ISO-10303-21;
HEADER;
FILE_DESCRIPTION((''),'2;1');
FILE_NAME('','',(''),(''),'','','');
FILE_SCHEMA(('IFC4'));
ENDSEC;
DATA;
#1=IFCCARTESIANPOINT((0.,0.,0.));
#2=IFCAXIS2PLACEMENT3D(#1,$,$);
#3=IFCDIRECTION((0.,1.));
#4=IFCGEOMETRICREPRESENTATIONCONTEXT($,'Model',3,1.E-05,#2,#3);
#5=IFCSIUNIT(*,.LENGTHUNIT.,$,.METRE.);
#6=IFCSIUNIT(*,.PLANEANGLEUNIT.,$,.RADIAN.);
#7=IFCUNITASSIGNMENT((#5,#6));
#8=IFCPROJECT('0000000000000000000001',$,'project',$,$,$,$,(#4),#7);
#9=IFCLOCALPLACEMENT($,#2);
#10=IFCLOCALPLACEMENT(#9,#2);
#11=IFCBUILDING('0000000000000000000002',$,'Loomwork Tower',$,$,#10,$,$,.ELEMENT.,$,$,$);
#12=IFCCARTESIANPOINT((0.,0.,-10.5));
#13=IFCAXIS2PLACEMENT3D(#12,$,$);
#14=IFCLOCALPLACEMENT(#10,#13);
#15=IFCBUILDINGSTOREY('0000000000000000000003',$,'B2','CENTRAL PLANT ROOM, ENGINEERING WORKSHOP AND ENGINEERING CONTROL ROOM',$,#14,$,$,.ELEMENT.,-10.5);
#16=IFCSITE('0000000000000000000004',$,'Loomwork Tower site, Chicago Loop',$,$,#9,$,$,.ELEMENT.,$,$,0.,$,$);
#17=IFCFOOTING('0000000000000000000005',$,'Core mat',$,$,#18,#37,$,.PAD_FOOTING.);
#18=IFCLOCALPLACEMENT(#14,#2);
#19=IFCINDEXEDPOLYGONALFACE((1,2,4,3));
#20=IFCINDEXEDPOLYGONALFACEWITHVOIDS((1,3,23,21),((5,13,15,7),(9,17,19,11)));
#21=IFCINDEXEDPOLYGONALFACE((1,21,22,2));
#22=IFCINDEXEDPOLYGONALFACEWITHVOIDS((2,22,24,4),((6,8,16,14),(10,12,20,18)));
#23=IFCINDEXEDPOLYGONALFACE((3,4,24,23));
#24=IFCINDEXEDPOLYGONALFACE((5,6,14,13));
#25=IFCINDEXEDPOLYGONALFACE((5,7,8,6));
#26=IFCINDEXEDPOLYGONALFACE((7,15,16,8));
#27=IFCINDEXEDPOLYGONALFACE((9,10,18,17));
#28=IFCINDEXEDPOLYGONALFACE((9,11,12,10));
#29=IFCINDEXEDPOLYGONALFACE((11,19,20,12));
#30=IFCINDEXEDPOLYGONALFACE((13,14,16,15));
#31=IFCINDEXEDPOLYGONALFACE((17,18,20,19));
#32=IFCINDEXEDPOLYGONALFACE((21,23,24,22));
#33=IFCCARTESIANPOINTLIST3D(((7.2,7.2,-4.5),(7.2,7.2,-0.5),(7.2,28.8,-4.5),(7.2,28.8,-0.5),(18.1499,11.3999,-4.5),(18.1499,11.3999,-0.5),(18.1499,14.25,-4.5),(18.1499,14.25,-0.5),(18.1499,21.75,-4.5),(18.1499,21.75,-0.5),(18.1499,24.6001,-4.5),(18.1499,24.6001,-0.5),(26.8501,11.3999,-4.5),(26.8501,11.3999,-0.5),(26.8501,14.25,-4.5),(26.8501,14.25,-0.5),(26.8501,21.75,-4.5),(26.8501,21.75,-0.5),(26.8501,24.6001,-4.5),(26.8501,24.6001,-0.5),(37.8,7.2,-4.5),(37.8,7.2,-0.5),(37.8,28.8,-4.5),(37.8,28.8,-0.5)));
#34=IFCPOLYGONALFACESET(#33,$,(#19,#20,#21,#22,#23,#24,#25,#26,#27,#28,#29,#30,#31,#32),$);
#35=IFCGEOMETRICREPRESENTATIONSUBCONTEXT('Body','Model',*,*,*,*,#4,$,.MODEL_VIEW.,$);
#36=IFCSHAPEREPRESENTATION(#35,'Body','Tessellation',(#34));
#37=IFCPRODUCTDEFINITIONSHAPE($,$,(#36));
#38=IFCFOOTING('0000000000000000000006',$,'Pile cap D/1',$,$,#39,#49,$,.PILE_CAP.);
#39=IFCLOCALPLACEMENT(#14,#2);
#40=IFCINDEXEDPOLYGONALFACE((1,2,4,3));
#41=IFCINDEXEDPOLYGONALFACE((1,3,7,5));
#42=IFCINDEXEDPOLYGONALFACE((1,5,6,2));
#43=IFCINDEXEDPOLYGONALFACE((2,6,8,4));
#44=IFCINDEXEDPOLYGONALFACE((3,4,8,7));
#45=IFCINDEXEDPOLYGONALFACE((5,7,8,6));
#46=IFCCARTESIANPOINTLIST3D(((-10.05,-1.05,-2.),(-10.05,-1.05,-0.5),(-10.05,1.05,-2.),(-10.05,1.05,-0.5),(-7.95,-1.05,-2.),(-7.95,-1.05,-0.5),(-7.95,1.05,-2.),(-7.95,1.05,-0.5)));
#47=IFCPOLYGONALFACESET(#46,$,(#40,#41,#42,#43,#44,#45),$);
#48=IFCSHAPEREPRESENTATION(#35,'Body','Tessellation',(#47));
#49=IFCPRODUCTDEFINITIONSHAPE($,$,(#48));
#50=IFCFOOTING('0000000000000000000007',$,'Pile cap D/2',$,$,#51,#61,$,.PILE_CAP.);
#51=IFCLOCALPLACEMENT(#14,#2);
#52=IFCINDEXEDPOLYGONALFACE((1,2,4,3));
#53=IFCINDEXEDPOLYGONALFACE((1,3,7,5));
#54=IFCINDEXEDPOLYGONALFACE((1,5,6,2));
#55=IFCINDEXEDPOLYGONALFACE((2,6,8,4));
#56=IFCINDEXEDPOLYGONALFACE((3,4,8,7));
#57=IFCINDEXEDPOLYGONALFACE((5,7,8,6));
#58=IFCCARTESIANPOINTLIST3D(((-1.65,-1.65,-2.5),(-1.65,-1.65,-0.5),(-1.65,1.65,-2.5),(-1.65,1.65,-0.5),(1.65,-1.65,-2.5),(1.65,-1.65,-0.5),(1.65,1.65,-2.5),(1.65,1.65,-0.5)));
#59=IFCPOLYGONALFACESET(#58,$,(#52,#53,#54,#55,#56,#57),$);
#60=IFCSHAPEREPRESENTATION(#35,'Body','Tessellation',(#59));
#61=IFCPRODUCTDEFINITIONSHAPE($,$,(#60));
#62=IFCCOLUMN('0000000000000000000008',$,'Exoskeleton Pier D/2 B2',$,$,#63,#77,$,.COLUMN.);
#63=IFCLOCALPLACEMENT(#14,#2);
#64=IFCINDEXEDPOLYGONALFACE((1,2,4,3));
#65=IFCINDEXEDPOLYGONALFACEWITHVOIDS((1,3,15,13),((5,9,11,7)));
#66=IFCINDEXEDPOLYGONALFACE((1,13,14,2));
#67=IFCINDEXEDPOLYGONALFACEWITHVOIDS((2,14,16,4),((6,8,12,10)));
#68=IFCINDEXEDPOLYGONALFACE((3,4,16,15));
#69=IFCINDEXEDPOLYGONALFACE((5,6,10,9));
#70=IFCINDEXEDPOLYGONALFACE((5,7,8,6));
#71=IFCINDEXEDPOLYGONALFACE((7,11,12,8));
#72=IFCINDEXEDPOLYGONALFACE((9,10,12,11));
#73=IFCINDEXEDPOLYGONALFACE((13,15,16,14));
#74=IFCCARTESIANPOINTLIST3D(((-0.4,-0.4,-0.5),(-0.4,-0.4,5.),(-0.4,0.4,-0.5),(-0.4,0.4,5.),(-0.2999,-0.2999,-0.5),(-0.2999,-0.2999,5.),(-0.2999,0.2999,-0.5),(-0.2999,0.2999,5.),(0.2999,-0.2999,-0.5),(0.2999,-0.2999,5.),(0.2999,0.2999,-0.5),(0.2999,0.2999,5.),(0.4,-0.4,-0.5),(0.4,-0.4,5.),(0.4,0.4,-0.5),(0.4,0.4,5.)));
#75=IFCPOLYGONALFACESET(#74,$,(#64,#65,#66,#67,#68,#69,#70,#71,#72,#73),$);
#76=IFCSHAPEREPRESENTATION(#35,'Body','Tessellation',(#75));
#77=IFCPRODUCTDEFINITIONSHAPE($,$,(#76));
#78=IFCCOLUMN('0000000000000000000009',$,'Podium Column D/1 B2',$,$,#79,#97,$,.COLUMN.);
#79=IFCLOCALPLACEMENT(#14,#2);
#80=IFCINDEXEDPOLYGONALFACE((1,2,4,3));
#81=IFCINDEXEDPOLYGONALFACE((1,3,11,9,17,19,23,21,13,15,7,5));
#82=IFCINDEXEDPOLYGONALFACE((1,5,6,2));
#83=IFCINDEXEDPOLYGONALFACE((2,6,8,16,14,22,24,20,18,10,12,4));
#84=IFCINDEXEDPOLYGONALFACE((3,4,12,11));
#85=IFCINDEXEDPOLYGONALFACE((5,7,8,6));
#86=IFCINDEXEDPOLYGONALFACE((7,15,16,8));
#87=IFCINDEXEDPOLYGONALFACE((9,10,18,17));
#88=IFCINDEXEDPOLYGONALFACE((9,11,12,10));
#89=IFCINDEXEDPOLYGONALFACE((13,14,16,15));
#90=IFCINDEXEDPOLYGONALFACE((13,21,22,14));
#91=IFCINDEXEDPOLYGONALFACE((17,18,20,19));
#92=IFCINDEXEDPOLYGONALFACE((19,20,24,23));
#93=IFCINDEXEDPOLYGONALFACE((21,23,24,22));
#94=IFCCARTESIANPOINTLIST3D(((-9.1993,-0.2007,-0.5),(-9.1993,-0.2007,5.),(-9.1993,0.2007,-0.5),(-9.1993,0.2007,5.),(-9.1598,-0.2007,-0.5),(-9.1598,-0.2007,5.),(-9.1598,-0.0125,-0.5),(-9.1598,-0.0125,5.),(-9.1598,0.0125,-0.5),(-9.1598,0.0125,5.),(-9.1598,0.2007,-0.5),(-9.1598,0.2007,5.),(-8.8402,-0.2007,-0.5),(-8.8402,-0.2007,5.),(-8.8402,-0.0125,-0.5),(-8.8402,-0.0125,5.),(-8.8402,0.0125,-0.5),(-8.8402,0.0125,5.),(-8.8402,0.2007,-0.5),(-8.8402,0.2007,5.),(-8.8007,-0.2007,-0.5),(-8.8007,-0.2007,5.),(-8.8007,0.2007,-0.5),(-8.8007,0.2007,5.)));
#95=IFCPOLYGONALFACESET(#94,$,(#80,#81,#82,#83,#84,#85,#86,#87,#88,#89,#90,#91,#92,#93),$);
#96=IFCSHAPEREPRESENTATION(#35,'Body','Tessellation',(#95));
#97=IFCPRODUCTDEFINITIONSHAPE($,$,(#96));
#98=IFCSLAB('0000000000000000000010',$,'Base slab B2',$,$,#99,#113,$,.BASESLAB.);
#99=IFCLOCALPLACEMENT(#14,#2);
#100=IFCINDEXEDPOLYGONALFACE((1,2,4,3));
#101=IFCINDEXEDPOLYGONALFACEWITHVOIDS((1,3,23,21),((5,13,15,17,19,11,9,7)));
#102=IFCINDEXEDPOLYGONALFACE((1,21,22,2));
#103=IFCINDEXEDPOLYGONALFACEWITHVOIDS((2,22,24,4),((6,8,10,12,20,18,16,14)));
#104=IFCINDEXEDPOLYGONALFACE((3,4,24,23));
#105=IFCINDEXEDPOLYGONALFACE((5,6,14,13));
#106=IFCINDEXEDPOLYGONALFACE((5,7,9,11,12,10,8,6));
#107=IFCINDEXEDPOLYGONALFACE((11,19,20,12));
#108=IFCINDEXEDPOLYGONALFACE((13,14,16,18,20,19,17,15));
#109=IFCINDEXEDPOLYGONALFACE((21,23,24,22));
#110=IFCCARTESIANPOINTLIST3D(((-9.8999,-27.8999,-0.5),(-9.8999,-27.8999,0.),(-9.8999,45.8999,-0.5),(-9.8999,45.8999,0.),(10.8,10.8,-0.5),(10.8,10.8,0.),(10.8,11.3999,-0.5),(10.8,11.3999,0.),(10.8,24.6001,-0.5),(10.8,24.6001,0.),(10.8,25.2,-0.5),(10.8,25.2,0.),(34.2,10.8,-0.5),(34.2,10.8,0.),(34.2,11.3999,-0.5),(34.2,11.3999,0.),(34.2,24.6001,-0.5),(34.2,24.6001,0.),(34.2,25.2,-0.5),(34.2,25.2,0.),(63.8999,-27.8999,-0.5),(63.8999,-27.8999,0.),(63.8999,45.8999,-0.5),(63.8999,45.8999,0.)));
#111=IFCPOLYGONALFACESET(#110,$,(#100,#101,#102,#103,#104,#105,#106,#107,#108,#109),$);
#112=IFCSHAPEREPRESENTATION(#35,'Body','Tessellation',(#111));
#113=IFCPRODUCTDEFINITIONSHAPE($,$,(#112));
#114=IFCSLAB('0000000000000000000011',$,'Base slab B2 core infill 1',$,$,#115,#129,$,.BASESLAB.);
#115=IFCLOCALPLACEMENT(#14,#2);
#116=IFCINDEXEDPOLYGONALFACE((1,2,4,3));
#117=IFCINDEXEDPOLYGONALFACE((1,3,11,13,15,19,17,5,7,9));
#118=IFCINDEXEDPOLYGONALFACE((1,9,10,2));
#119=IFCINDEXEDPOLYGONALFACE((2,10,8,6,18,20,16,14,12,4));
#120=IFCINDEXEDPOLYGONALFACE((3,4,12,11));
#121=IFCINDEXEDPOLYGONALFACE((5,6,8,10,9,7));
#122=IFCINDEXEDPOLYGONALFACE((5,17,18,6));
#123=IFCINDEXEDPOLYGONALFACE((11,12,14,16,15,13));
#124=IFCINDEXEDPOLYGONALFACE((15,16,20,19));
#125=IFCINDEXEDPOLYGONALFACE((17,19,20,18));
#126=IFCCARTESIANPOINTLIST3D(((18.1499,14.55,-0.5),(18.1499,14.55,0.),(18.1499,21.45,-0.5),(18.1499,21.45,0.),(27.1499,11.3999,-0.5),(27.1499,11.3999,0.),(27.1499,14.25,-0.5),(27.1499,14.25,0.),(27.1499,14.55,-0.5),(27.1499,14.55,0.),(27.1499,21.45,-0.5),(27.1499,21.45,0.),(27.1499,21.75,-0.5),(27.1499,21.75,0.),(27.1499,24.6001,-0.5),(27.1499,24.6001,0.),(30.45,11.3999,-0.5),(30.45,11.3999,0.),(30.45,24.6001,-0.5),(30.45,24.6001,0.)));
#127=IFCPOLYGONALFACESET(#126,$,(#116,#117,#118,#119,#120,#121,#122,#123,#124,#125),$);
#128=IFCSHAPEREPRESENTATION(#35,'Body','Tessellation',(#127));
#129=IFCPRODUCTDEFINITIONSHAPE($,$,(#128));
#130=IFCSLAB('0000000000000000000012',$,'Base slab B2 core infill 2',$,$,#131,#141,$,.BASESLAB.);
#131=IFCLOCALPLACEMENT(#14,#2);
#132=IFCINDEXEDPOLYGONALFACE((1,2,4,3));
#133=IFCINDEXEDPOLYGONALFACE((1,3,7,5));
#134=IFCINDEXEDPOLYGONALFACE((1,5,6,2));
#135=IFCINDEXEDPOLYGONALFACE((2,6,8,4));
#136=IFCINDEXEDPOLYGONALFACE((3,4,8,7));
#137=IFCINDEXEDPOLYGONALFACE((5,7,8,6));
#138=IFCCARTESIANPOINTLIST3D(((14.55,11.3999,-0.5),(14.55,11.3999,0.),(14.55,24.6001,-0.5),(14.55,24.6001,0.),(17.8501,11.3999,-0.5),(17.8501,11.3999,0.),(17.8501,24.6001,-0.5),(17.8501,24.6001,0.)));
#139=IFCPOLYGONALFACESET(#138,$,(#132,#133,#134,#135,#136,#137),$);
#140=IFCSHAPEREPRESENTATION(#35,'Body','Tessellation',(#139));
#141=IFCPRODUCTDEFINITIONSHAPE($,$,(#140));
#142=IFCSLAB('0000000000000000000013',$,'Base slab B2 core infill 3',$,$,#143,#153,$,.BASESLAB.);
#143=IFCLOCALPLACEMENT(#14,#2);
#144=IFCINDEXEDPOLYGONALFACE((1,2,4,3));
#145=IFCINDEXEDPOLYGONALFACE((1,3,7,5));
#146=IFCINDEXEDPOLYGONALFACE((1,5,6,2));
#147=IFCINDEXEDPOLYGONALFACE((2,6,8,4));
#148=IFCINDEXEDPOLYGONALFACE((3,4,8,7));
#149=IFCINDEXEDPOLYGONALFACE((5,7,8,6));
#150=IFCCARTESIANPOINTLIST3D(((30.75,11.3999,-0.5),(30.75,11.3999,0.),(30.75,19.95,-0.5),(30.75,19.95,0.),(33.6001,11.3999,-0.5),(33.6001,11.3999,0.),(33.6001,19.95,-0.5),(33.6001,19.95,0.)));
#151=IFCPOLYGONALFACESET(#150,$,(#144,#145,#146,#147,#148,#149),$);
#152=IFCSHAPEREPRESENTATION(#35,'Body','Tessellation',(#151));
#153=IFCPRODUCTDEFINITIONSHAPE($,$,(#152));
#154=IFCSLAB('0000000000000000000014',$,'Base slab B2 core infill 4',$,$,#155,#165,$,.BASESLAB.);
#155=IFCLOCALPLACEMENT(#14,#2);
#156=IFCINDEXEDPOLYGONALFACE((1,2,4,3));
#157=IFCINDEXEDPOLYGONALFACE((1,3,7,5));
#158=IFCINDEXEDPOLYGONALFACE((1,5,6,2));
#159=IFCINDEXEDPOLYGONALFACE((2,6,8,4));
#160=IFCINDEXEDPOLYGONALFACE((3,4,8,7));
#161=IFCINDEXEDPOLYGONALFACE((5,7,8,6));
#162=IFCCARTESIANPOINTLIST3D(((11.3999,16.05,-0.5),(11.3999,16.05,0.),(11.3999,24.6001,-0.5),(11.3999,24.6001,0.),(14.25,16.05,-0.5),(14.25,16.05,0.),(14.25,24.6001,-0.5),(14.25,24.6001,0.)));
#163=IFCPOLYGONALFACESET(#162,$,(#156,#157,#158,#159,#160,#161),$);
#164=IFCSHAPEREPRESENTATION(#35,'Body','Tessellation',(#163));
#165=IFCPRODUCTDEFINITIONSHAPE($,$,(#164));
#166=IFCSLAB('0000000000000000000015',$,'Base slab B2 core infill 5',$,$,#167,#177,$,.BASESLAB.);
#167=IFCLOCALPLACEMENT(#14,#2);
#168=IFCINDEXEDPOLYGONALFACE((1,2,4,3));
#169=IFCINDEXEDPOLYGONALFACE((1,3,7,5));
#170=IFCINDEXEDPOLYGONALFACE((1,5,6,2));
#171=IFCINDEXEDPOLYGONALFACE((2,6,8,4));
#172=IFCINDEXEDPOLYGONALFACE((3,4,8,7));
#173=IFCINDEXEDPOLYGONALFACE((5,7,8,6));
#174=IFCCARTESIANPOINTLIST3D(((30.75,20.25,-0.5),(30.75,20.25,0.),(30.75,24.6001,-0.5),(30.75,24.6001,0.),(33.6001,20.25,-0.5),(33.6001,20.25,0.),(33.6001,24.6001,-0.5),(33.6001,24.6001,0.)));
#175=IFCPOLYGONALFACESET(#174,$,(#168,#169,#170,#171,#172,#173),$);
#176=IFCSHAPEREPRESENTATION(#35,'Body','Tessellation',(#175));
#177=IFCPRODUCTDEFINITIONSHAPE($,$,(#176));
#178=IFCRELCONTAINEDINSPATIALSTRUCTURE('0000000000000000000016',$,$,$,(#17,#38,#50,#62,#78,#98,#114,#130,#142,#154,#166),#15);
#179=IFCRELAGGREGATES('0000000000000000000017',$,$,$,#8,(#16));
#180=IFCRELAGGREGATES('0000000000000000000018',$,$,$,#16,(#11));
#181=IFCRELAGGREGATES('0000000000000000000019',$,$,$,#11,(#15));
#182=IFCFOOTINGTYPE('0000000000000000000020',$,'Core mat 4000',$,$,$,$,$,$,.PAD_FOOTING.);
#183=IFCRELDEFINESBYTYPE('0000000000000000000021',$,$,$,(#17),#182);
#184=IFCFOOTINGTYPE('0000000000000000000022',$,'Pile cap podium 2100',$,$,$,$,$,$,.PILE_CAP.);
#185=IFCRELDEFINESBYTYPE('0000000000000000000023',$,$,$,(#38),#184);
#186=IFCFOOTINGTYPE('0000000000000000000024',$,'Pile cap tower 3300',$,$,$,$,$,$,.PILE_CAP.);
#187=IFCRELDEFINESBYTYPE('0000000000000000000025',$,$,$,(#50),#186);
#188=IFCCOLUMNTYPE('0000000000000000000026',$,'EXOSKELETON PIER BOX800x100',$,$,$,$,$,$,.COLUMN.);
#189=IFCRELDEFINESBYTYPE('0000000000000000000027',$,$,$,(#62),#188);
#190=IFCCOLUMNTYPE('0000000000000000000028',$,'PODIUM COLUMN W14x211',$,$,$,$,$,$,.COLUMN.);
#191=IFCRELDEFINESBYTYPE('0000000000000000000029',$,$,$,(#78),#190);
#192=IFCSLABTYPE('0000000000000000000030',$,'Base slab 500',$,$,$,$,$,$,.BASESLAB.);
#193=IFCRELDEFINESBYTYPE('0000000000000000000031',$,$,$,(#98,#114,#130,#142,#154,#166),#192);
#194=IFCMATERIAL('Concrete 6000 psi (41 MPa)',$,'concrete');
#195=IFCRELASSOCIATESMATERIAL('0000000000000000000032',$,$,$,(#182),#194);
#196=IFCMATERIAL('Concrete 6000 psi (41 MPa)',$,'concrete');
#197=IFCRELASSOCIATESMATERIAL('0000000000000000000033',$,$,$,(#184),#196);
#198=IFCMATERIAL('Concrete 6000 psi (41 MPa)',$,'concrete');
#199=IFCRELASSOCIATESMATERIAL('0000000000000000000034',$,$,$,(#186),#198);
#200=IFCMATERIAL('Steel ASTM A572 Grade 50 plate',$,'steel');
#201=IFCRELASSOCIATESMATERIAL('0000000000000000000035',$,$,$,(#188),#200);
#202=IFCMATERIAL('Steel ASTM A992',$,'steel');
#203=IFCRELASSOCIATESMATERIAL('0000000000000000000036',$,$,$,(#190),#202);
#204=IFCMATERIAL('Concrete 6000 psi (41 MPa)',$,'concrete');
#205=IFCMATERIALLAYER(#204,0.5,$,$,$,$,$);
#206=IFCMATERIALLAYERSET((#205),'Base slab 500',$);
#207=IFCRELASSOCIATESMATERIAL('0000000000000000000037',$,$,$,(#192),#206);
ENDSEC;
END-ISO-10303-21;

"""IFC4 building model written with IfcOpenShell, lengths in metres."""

from ifc_helpers import new_model, si_unit, direction, frame, origin, origin_2d, place, context, subcontext, project, spatial, polyline, rectangle, hollow_rectangle, i_section, outline, extrude, material, layer, layer_set, material_profile, profile_set, type_object, element, save


model = new_model("IFC4")

# Units and contexts
model_context = context("Model", 3, precision=1e-05, world=origin(), true_north=direction((0.0, 1.0)))
body_context = subcontext(model_context, "Body", "Model", "MODEL_VIEW")
ifc_project = project(units=[si_unit("LENGTHUNIT", "METRE"), si_unit("PLANEANGLEUNIT", "RADIAN")], contexts=[model_context])

# Site, building, storey
site_placement = place(None, origin())
site = spatial("IfcSite", under=ifc_project, at=site_placement, Name="Loomwork Tower site, Chicago Loop", CompositionType="ELEMENT", RefElevation=0.0)
building_placement = place(site_placement, origin())
building = spatial("IfcBuilding", under=site, at=building_placement, Name="Loomwork Tower", CompositionType="ELEMENT")
storey_placement = place(building_placement, frame((0.0, 0.0, -10.5)))
storey = spatial("IfcBuildingStorey", under=building, at=storey_placement, Name="B2", Description="CENTRAL PLANT ROOM, ENGINEERING WORKSHOP AND ENGINEERING CONTROL ROOM", CompositionType="ELEMENT", Elevation=-10.5)

# Footings
ifc_material_1 = material(Name="Concrete 6000 psi (41 MPa)", Category="concrete")
footing_type_1 = type_object("IfcFootingType", Name="Core mat 4000", PredefinedType="PAD_FOOTING", material=ifc_material_1)
footing_1_placement = place(storey_placement, frame((0.0, 0.0, -4.5)))
element("IfcFooting", 1, at=footing_1_placement, inside=storey, type_object=footing_type_1, Name="Core mat", PredefinedType="PAD_FOOTING", context=body_context, shape_type="SweptSolid", body=[
    extrude(outline(polyline([(7.2, 7.2), (37.8, 7.2), (37.8, 28.8), (7.2, 28.8), (7.2, 7.2)]), holes=[polyline([(18.1499, 11.3999), (26.8501, 11.3999), (26.8501, 14.25), (18.1499, 14.25), (18.1499, 11.3999)]), polyline([(18.1499, 21.75), (26.8501, 21.75), (26.8501, 24.6001), (18.1499, 24.6001), (18.1499, 21.75)])]), origin(), (0.0, 0.0, 1.0), 4.0),
])
ifc_material_2 = material(Name="Concrete 6000 psi (41 MPa)", Category="concrete")
footing_type_2 = type_object("IfcFootingType", Name="Pile cap podium 2100", PredefinedType="PILE_CAP", material=ifc_material_2)
footing_2_placement = place(storey_placement, frame((-9.0, 0.0, -2.0), z_axis=(0.0, 0.0, 1.0), x_axis=(1.0, 0.0, 0.0)))
element("IfcFooting", 2, at=footing_2_placement, inside=storey, type_object=footing_type_2, Name="Pile cap D/1", PredefinedType="PILE_CAP", context=body_context, shape_type="SweptSolid", body=[
    extrude(rectangle(XDim=2.1001, YDim=2.1001, at=origin_2d()), origin(), (0.0, 0.0, 1.0), 1.5),
])
ifc_material_3 = material(Name="Concrete 6000 psi (41 MPa)", Category="concrete")
footing_type_3 = type_object("IfcFootingType", Name="Pile cap tower 3300", PredefinedType="PILE_CAP", material=ifc_material_3)
footing_3_placement = place(storey_placement, frame((0.0, 0.0, -2.5), z_axis=(0.0, 0.0, 1.0), x_axis=(1.0, 0.0, 0.0)))
element("IfcFooting", 3, at=footing_3_placement, inside=storey, type_object=footing_type_3, Name="Pile cap D/2", PredefinedType="PILE_CAP", context=body_context, shape_type="SweptSolid", body=[
    extrude(rectangle(XDim=3.3, YDim=3.3, at=origin_2d()), origin(), (0.0, 0.0, 1.0), 2.0),
])

# Columns
ifc_material_4 = material(Name="Steel ASTM A572 Grade 50 plate", Category="steel")
ifc_material_profile_1 = material_profile(ifc_material_4, hollow_rectangle(XDim=0.8, YDim=0.8, WallThickness=0.1001, at=origin_2d()), Name="BOX800x100")
ifc_profile_set_1 = profile_set([ifc_material_profile_1], Name="Steel ASTM A572 Grade 50 plate")
column_type_1 = type_object("IfcColumnType", Name="EXOSKELETON PIER BOX800x100", PredefinedType="COLUMN", material=ifc_profile_set_1)
column_1_placement = place(storey_placement, frame((0.0, 0.0, -0.5), z_axis=(0.0, 0.0, 1.0), x_axis=(1.0, 0.0, 0.0)))
element("IfcColumn", 4, at=column_1_placement, inside=storey, type_object=column_type_1, Name="Exoskeleton Pier D/2 B2", PredefinedType="COLUMN", context=body_context, shape_type="SweptSolid", body=[
    extrude(hollow_rectangle(XDim=0.8, YDim=0.8, WallThickness=0.1001, at=origin_2d()), origin(), (0.0, 0.0, 1.0), 5.5),
])
ifc_material_5 = material(Name="Steel ASTM A992", Category="steel")
ifc_material_profile_2 = material_profile(ifc_material_5, i_section(OverallWidth=0.4014, OverallDepth=0.3987, WebThickness=0.0249, FlangeThickness=0.0396, at=origin_2d()), Name="W14x211")
ifc_profile_set_2 = profile_set([ifc_material_profile_2], Name="Steel ASTM A992")
column_type_2 = type_object("IfcColumnType", Name="PODIUM COLUMN W14x211", PredefinedType="COLUMN", material=ifc_profile_set_2)
column_2_placement = place(storey_placement, frame((-9.0, 0.0, -0.5), z_axis=(0.0, 0.0, 1.0), x_axis=(0.0, 1.0, 0.0)))
element("IfcColumn", 5, at=column_2_placement, inside=storey, type_object=column_type_2, Name="Podium Column D/1 B2", PredefinedType="COLUMN", context=body_context, shape_type="SweptSolid", body=[
    extrude(i_section(OverallWidth=0.4014, OverallDepth=0.3987, WebThickness=0.0249, FlangeThickness=0.0396, at=origin_2d()), origin(), (0.0, 0.0, 1.0), 5.5),
])

# Slabs
ifc_material_6 = material(Name="Concrete 6000 psi (41 MPa)", Category="concrete")
ifc_layer_1 = layer(ifc_material_6, 0.5)
ifc_layer_set_1 = layer_set([ifc_layer_1], Name="Base slab 500")
slab_type_1 = type_object("IfcSlabType", Name="Base slab 500", PredefinedType="BASESLAB", material=ifc_layer_set_1)
slab_1_placement = place(storey_placement, frame((0.0, 0.0, -0.5)))
element("IfcSlab", 6, at=slab_1_placement, inside=storey, type_object=slab_type_1, Name="Base slab B2", PredefinedType="BASESLAB", context=body_context, shape_type="SweptSolid", body=[
    extrude(outline(polyline([(-9.8999, -27.8999), (-9.8999, 45.8999), (63.8999, 45.8999), (63.8999, -27.8999), (-9.8999, -27.8999)]), holes=[polyline([(10.8, 11.3999), (10.8, 10.8), (34.2, 10.8), (34.2, 11.3999), (34.2, 11.3999), (34.2, 24.6001), (34.2, 25.2), (10.8, 25.2), (10.8, 24.6001), (10.8, 11.3999), (10.8, 11.3999)])]), origin(), (0.0, 0.0, 1.0), 0.5),
])
slab_2_placement = place(storey_placement, frame((0.0, 0.0, -0.5)))
element("IfcSlab", 7, at=slab_2_placement, inside=storey, type_object=slab_type_1, Name="Base slab B2 core infill 1", PredefinedType="BASESLAB", context=body_context, shape_type="SweptSolid", body=[
    extrude(outline(polyline([(18.1499, 21.45), (27.1499, 21.45), (27.1499, 21.75), (27.1499, 24.6001), (30.45, 24.6001), (30.45, 11.3999), (27.1499, 11.3999), (27.1499, 14.25), (27.1499, 14.55), (18.1499, 14.55), (18.1499, 21.45)])), origin(), (0.0, 0.0, 1.0), 0.5),
])
slab_3_placement = place(storey_placement, frame((0.0, 0.0, -0.5)))
element("IfcSlab", 8, at=slab_3_placement, inside=storey, type_object=slab_type_1, Name="Base slab B2 core infill 2", PredefinedType="BASESLAB", context=body_context, shape_type="SweptSolid", body=[
    extrude(outline(polyline([(14.55, 24.6001), (17.8501, 24.6001), (17.8501, 11.3999), (14.55, 11.3999), (14.55, 24.6001)])), origin(), (0.0, 0.0, 1.0), 0.5),
])
slab_4_placement = place(storey_placement, frame((0.0, 0.0, -0.5)))
element("IfcSlab", 9, at=slab_4_placement, inside=storey, type_object=slab_type_1, Name="Base slab B2 core infill 3", PredefinedType="BASESLAB", context=body_context, shape_type="SweptSolid", body=[
    extrude(outline(polyline([(30.75, 11.3999), (30.75, 19.95), (33.6001, 19.95), (33.6001, 11.3999), (30.75, 11.3999)])), origin(), (0.0, 0.0, 1.0), 0.5),
])
slab_5_placement = place(storey_placement, frame((0.0, 0.0, -0.5)))
element("IfcSlab", 10, at=slab_5_placement, inside=storey, type_object=slab_type_1, Name="Base slab B2 core infill 4", PredefinedType="BASESLAB", context=body_context, shape_type="SweptSolid", body=[
    extrude(outline(polyline([(11.3999, 24.6001), (14.25, 24.6001), (14.25, 16.05), (11.3999, 16.05), (11.3999, 24.6001)])), origin(), (0.0, 0.0, 1.0), 0.5),
])
slab_6_placement = place(storey_placement, frame((0.0, 0.0, -0.5)))
element("IfcSlab", 11, at=slab_6_placement, inside=storey, type_object=slab_type_1, Name="Base slab B2 core infill 5", PredefinedType="BASESLAB", context=body_context, shape_type="SweptSolid", body=[
    extrude(outline(polyline([(33.6001, 20.25), (30.75, 20.25), (30.75, 24.6001), (33.6001, 24.6001), (33.6001, 20.25)])), origin(), (0.0, 0.0, 1.0), 0.5),
])

save(model, "model.ifc")
